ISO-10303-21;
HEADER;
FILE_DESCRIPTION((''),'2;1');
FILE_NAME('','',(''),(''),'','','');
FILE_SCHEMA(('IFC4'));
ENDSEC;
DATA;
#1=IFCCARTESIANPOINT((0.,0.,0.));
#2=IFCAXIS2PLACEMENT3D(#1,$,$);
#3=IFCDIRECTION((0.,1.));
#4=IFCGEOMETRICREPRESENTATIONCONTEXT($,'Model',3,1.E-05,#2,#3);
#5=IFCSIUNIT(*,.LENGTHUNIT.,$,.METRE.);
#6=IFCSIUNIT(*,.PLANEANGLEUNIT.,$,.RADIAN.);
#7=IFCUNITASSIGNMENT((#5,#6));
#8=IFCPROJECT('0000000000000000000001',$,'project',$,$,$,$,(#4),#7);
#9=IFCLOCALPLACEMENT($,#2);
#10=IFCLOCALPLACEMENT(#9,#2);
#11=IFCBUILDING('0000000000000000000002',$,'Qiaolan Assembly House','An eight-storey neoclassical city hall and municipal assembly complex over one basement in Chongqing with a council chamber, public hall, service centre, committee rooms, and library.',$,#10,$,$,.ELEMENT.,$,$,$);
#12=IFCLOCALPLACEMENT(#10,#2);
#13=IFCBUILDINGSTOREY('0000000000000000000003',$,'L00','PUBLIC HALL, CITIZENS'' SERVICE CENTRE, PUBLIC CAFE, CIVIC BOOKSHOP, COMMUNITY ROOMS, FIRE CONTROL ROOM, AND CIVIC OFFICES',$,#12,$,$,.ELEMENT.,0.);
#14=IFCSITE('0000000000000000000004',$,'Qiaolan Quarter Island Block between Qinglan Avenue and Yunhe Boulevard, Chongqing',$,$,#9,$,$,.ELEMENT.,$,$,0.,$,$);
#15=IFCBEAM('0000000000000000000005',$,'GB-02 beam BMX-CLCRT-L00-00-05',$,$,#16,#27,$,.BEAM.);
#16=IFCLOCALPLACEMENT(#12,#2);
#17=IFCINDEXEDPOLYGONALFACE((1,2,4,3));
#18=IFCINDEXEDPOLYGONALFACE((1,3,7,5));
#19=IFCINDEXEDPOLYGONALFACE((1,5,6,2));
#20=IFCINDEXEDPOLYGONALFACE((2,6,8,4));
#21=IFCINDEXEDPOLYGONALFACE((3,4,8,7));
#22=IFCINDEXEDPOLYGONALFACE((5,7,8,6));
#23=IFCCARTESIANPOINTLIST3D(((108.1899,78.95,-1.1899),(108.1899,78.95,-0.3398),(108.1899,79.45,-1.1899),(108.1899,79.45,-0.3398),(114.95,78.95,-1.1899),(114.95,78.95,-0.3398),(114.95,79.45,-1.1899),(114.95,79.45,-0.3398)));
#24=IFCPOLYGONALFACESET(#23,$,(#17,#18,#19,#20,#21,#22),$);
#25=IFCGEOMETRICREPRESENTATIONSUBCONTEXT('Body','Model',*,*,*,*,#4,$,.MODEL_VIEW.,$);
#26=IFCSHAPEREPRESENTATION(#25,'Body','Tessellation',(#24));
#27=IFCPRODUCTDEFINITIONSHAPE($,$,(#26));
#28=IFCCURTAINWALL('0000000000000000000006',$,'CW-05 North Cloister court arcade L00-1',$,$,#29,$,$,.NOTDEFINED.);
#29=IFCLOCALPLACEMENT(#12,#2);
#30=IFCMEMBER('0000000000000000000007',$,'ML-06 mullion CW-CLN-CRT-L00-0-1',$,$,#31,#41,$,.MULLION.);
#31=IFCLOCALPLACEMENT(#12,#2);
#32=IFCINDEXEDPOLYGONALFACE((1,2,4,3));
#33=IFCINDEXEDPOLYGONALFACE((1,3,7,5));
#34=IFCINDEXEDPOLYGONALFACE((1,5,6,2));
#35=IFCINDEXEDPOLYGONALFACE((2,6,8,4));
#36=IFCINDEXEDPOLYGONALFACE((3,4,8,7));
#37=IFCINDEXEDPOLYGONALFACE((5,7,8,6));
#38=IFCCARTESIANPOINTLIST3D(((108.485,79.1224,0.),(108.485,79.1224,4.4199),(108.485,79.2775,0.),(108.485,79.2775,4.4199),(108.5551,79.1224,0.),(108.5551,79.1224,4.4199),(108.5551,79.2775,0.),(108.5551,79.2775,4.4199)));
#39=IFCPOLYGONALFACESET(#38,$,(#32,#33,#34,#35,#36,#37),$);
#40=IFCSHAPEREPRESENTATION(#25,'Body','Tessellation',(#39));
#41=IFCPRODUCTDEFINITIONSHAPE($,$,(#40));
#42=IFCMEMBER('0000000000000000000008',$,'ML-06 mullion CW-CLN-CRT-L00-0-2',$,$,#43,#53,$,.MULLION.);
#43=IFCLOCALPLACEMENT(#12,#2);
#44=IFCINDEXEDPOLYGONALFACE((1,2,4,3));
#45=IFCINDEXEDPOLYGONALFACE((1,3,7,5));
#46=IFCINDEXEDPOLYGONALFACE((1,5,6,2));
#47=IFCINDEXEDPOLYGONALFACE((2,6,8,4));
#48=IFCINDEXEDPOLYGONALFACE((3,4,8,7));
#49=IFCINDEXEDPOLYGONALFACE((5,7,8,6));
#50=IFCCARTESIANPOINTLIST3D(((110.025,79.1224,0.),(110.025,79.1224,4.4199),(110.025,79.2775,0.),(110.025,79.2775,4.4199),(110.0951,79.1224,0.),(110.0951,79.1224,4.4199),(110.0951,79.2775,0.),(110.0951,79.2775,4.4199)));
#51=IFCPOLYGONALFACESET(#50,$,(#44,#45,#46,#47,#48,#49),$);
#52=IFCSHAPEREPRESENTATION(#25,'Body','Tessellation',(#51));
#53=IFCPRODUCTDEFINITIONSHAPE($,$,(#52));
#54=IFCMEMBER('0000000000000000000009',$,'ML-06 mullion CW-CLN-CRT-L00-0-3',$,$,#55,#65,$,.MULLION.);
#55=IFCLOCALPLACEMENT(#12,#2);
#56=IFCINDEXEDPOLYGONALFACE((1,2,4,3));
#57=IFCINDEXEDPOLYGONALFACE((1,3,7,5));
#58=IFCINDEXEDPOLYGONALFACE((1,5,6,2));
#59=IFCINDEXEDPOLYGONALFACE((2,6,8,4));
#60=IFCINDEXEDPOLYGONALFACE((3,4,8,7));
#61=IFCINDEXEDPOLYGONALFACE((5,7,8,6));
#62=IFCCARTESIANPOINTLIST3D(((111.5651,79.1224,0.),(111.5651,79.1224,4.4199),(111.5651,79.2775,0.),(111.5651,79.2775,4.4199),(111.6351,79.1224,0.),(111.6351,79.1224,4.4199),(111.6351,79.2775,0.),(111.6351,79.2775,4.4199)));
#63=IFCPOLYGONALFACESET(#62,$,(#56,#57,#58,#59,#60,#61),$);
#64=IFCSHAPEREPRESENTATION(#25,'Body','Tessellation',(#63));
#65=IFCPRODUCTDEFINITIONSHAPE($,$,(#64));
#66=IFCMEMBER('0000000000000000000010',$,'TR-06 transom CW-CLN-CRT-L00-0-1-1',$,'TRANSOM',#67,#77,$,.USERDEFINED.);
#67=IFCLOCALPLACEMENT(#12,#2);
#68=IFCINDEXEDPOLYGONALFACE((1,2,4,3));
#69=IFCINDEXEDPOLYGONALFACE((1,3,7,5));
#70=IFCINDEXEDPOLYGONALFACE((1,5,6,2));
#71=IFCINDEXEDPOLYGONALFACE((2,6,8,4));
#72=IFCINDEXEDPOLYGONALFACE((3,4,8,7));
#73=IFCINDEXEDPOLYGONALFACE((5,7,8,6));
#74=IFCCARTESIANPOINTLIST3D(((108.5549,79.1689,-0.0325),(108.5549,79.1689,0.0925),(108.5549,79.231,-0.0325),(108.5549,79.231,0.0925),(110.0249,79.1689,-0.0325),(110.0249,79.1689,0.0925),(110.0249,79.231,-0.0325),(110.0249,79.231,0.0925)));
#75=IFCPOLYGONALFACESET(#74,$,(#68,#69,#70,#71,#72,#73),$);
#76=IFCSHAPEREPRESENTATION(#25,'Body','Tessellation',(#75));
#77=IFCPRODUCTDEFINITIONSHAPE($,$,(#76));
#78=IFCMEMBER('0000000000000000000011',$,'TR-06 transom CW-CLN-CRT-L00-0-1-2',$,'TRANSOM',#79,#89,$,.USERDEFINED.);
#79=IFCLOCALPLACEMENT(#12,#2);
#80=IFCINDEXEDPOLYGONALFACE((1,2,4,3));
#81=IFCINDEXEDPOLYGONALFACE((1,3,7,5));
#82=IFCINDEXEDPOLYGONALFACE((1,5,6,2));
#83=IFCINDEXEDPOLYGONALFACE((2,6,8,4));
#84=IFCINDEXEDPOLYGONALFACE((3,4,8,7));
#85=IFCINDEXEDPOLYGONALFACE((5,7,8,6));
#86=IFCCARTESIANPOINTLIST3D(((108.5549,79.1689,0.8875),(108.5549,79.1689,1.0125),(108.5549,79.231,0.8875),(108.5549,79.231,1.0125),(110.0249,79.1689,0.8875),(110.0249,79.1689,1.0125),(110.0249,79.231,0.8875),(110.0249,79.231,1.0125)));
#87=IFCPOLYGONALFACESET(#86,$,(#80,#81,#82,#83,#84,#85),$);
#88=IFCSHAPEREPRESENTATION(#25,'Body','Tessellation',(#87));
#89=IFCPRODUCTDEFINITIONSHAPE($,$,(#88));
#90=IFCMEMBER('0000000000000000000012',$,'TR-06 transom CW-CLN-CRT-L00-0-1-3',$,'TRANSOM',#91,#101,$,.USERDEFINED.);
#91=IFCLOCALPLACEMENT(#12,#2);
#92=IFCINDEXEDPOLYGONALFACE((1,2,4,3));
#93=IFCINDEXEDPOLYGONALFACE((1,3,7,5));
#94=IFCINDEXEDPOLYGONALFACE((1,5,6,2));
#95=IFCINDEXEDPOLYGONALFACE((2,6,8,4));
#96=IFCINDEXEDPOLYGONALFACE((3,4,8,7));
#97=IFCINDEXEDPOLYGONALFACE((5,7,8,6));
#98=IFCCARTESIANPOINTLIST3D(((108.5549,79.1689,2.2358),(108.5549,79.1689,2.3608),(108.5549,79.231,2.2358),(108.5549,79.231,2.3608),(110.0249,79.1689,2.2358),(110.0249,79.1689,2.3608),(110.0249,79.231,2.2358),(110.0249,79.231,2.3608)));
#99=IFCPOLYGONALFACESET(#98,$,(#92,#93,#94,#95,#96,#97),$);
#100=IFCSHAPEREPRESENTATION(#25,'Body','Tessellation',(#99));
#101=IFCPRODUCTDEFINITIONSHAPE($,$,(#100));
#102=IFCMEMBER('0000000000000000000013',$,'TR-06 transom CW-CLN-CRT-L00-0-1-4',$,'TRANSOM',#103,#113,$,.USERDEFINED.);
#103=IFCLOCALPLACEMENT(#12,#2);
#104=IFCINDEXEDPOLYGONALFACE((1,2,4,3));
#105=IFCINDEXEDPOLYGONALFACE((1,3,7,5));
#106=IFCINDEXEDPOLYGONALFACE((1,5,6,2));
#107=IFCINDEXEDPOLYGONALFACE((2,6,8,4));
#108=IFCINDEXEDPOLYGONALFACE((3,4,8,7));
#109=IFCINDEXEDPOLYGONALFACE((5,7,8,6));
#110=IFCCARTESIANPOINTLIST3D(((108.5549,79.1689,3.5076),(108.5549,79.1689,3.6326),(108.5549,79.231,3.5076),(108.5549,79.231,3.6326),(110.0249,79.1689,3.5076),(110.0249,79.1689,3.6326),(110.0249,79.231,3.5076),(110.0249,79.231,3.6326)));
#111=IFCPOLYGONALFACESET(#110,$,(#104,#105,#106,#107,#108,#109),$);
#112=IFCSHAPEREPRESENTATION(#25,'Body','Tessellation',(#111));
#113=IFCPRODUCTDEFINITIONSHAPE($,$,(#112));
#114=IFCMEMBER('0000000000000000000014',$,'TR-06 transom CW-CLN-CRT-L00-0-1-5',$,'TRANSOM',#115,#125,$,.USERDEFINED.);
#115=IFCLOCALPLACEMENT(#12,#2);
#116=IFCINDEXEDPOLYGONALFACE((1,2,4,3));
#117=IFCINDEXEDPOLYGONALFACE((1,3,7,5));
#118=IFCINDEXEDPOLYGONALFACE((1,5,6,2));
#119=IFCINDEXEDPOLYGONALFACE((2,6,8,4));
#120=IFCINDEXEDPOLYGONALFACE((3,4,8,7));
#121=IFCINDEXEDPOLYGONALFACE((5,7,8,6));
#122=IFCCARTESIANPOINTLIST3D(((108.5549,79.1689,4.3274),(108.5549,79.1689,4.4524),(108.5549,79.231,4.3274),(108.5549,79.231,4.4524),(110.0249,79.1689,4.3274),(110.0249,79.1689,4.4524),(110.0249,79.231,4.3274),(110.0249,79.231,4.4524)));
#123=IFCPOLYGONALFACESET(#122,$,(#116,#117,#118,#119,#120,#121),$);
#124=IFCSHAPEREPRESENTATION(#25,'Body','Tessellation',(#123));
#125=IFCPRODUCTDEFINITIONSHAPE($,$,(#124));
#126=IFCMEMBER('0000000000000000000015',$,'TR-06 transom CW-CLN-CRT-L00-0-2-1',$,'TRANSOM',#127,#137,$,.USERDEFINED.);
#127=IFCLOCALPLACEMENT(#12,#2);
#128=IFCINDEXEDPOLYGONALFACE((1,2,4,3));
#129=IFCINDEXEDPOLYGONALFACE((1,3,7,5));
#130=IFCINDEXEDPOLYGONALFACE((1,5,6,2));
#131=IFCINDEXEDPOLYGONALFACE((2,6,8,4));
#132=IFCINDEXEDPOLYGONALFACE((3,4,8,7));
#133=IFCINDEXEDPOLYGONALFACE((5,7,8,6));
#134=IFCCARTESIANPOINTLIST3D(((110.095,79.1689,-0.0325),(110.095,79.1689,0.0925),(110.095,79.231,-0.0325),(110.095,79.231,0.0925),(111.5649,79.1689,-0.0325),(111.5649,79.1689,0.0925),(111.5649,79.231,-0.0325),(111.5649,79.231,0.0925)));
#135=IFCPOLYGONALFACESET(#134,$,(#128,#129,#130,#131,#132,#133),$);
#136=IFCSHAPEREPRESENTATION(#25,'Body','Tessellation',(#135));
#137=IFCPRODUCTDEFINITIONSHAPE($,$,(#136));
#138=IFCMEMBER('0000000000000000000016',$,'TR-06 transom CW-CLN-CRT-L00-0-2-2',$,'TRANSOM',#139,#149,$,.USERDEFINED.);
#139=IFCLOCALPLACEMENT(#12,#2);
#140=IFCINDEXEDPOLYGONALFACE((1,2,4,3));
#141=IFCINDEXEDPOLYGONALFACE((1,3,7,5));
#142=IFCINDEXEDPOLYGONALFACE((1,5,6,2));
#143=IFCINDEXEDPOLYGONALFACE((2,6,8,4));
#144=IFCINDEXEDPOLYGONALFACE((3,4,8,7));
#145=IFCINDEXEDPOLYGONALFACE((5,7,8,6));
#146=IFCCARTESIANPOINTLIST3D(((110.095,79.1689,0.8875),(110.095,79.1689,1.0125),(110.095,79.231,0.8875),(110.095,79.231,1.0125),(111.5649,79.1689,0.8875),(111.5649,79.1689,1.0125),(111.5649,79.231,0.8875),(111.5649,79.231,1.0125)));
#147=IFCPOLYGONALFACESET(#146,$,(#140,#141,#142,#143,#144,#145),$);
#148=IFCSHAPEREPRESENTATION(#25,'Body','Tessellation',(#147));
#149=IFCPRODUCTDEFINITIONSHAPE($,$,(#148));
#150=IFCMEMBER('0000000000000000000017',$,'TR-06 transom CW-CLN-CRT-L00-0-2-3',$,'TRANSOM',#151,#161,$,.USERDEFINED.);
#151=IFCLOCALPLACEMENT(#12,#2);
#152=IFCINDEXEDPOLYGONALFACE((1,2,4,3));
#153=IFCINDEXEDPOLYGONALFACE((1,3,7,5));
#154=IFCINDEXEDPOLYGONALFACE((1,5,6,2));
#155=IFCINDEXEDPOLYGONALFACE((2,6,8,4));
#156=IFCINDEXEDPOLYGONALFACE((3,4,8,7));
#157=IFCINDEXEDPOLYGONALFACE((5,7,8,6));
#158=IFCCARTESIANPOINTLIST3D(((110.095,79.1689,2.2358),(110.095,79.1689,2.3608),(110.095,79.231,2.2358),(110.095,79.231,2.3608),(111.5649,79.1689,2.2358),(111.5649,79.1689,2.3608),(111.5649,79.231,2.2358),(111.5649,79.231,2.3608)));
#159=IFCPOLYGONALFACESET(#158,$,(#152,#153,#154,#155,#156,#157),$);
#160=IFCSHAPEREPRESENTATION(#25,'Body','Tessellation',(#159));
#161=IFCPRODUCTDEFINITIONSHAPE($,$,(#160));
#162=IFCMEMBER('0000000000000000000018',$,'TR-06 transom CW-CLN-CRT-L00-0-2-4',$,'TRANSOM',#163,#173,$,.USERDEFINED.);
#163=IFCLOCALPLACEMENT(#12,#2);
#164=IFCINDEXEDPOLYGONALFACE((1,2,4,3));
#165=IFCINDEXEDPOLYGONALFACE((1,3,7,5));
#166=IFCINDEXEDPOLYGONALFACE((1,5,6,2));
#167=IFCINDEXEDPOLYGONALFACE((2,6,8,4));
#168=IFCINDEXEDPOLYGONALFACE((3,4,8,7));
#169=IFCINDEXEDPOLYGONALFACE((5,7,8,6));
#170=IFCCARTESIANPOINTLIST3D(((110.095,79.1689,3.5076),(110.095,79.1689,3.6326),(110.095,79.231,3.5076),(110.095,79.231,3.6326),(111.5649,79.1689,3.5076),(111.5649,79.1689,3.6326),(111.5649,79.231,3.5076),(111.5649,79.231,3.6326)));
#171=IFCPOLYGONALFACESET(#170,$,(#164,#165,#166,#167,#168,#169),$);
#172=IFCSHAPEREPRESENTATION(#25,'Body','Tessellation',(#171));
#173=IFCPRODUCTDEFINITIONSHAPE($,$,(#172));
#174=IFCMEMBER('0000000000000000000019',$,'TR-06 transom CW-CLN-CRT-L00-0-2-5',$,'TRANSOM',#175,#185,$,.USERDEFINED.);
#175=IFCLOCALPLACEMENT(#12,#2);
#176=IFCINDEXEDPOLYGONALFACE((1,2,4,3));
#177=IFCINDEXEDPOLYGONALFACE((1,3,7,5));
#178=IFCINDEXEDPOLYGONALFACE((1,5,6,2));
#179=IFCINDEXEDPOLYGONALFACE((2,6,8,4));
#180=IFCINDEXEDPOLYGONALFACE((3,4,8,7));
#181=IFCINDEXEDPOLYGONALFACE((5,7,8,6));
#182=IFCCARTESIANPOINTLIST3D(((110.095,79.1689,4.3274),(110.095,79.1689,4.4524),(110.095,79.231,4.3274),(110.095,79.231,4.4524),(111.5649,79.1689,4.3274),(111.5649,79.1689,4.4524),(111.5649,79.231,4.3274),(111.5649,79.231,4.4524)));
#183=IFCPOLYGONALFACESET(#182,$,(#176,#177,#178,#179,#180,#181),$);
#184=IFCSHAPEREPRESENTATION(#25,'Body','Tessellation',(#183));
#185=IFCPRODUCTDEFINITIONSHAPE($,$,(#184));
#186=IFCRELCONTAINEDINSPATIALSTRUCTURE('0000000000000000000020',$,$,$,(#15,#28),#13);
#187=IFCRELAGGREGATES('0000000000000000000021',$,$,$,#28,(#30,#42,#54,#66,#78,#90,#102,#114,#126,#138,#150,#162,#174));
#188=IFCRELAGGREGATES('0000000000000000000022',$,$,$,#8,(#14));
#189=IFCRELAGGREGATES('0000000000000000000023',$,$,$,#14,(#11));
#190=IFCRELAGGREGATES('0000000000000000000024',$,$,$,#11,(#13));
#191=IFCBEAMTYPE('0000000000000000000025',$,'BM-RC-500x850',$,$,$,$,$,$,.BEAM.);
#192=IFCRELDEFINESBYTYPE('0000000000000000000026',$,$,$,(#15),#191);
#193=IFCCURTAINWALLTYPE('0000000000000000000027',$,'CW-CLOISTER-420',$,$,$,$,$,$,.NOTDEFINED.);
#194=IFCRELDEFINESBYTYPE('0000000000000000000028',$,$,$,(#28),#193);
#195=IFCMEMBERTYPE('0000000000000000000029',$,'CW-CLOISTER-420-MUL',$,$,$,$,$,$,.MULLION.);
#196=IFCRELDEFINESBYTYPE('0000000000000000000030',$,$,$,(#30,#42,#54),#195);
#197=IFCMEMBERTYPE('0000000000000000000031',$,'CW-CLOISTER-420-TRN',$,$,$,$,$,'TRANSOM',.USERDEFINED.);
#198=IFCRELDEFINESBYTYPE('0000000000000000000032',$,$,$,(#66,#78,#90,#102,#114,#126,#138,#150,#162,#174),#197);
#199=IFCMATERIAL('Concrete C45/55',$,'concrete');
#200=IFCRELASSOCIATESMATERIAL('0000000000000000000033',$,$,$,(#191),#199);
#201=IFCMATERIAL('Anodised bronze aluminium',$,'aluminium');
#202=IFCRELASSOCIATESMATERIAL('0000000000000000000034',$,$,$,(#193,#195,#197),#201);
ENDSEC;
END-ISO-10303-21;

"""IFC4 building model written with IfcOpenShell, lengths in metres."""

from ifc_helpers import new_model, si_unit, direction, frame, origin, origin_2d, place, context, subcontext, project, spatial, rectangle, extrude, material, material_profile, profile_set, type_object, element, aggregate, save


model = new_model("IFC4")

# Units and contexts
model_context = context("Model", 3, precision=1e-05, world=origin(), true_north=direction((0.0, 1.0)))
body_context = subcontext(model_context, "Body", "Model", "MODEL_VIEW")
ifc_project = project(units=[si_unit("LENGTHUNIT", "METRE"), si_unit("PLANEANGLEUNIT", "RADIAN")], contexts=[model_context])

# Site, building, storey
site_placement = place(None, origin())
site = spatial("IfcSite", under=ifc_project, at=site_placement, Name="Qiaolan Quarter Island Block between Qinglan Avenue and Yunhe Boulevard, Chongqing", CompositionType="ELEMENT", RefElevation=0.0)
building_placement = place(site_placement, origin())
building = spatial("IfcBuilding", under=site, at=building_placement, Name="Qiaolan Assembly House", Description="An eight-storey neoclassical city hall and municipal assembly complex over one basement in Chongqing with a council chamber, public hall, service centre, committee rooms, and library.", CompositionType="ELEMENT")
storey_placement = place(building_placement, origin())
storey = spatial("IfcBuildingStorey", under=building, at=storey_placement, Name="L00", Description="PUBLIC HALL, CITIZENS' SERVICE CENTRE, PUBLIC CAFE, CIVIC BOOKSHOP, COMMUNITY ROOMS, FIRE CONTROL ROOM, AND CIVIC OFFICES", CompositionType="ELEMENT", Elevation=0.0)

# Beam
ifc_material_1 = material(Name="Concrete C45/55", Category="concrete")
ifc_material_profile_1 = material_profile(ifc_material_1, rectangle(XDim=0.5, YDim=0.8501, at=origin_2d()), Name="RCB 500x850")
ifc_profile_set_1 = profile_set([ifc_material_profile_1], Name="Concrete C45/55")
beam_type = type_object("IfcBeamType", Name="BM-RC-500x850", PredefinedType="BEAM", material=ifc_profile_set_1)
beam_placement = place(storey_placement, frame((108.1899, 79.2, -0.7649), z_axis=(1.0, 0.0, 0.0), x_axis=(0.0, 1.0, 0.0)))
element("IfcBeam", 1, at=beam_placement, inside=storey, type_object=beam_type, Name="GB-02 beam BMX-CLCRT-L00-00-05", PredefinedType="BEAM", context=body_context, shape_type="SweptSolid", body=[
    extrude(rectangle(XDim=0.5, YDim=0.8501, at=origin_2d()), origin(), (0.0, 0.0, 1.0), 6.76),
])

# Curtain wall, members
ifc_material_2 = material(Name="Anodised bronze aluminium", Category="aluminium")
curtain_wall_type = type_object("IfcCurtainWallType", Name="CW-CLOISTER-420", PredefinedType="NOTDEFINED", material=ifc_material_2)
curtain_wall_placement = place(storey_placement, origin())
curtain_wall = element("IfcCurtainWall", 2, at=curtain_wall_placement, inside=storey, type_object=curtain_wall_type, Name="CW-05 North Cloister court arcade L00-1", PredefinedType="NOTDEFINED")
ifc_material_profile_2 = material_profile(ifc_material_2, rectangle(XDim=0.0701, YDim=0.155, at=origin_2d()), Name="MUL 70x155")
ifc_profile_set_2 = profile_set([ifc_material_profile_2], Name="Anodised bronze aluminium")
member_type_1 = type_object("IfcMemberType", Name="CW-CLOISTER-420-MUL", PredefinedType="MULLION", material=ifc_profile_set_2)
member_1_placement = place(storey_placement, frame((108.52, 79.2, 0.0), z_axis=(0.0, 0.0, 1.0), x_axis=(1.0, 0.0, 0.0)))
member_1 = element("IfcMember", 3, at=member_1_placement, type_object=member_type_1, Name="ML-06 mullion CW-CLN-CRT-L00-0-1", PredefinedType="MULLION", context=body_context, shape_type="SweptSolid", body=[
    extrude(rectangle(XDim=0.0701, YDim=0.155, at=origin_2d()), origin(), (0.0, 0.0, 1.0), 4.4199),
])
member_2_placement = place(storey_placement, frame((110.0601, 79.2, 0.0), z_axis=(0.0, 0.0, 1.0), x_axis=(1.0, 0.0, 0.0)))
member_2 = element("IfcMember", 4, at=member_2_placement, type_object=member_type_1, Name="ML-06 mullion CW-CLN-CRT-L00-0-2", PredefinedType="MULLION", context=body_context, shape_type="SweptSolid", body=[
    extrude(rectangle(XDim=0.0701, YDim=0.155, at=origin_2d()), origin(), (0.0, 0.0, 1.0), 4.4199),
])
member_3_placement = place(storey_placement, frame((111.6001, 79.2, 0.0), z_axis=(0.0, 0.0, 1.0), x_axis=(1.0, 0.0, 0.0)))
member_3 = element("IfcMember", 5, at=member_3_placement, type_object=member_type_1, Name="ML-06 mullion CW-CLN-CRT-L00-0-3", PredefinedType="MULLION", context=body_context, shape_type="SweptSolid", body=[
    extrude(rectangle(XDim=0.0701, YDim=0.155, at=origin_2d()), origin(), (0.0, 0.0, 1.0), 4.4199),
])
ifc_material_profile_3 = material_profile(ifc_material_2, rectangle(XDim=0.062, YDim=0.125, at=origin_2d()), Name="TRN 62x125")
ifc_profile_set_3 = profile_set([ifc_material_profile_3], Name="Anodised bronze aluminium")
member_type_2 = type_object("IfcMemberType", Name="CW-CLOISTER-420-TRN", ElementType="TRANSOM", PredefinedType="USERDEFINED", material=ifc_profile_set_3)
member_4_placement = place(storey_placement, frame((108.5549, 79.2, 0.03), z_axis=(1.0, 0.0, 0.0), x_axis=(0.0, 1.0, 0.0)))
member_4 = element("IfcMember", 6, at=member_4_placement, type_object=member_type_2, Name="TR-06 transom CW-CLN-CRT-L00-0-1-1", ObjectType="TRANSOM", PredefinedType="USERDEFINED", context=body_context, shape_type="SweptSolid", body=[
    extrude(rectangle(XDim=0.062, YDim=0.125, at=origin_2d()), origin(), (0.0, 0.0, 1.0), 1.47),
])
member_5_placement = place(storey_placement, frame((108.5549, 79.2, 0.95), z_axis=(1.0, 0.0, 0.0), x_axis=(0.0, 1.0, 0.0)))
member_5 = element("IfcMember", 7, at=member_5_placement, type_object=member_type_2, Name="TR-06 transom CW-CLN-CRT-L00-0-1-2", ObjectType="TRANSOM", PredefinedType="USERDEFINED", context=body_context, shape_type="SweptSolid", body=[
    extrude(rectangle(XDim=0.062, YDim=0.125, at=origin_2d()), origin(), (0.0, 0.0, 1.0), 1.47),
])
member_6_placement = place(storey_placement, frame((108.5549, 79.2, 2.2983), z_axis=(1.0, 0.0, 0.0), x_axis=(0.0, 1.0, 0.0)))
member_6 = element("IfcMember", 8, at=member_6_placement, type_object=member_type_2, Name="TR-06 transom CW-CLN-CRT-L00-0-1-3", ObjectType="TRANSOM", PredefinedType="USERDEFINED", context=body_context, shape_type="SweptSolid", body=[
    extrude(rectangle(XDim=0.062, YDim=0.125, at=origin_2d()), origin(), (0.0, 0.0, 1.0), 1.47),
])
member_7_placement = place(storey_placement, frame((108.5549, 79.2, 3.5701), z_axis=(1.0, 0.0, 0.0), x_axis=(0.0, 1.0, 0.0)))
member_7 = element("IfcMember", 9, at=member_7_placement, type_object=member_type_2, Name="TR-06 transom CW-CLN-CRT-L00-0-1-4", ObjectType="TRANSOM", PredefinedType="USERDEFINED", context=body_context, shape_type="SweptSolid", body=[
    extrude(rectangle(XDim=0.062, YDim=0.125, at=origin_2d()), origin(), (0.0, 0.0, 1.0), 1.47),
])
member_8_placement = place(storey_placement, frame((108.5549, 79.2, 4.3899), z_axis=(1.0, 0.0, 0.0), x_axis=(0.0, 1.0, 0.0)))
member_8 = element("IfcMember", 10, at=member_8_placement, type_object=member_type_2, Name="TR-06 transom CW-CLN-CRT-L00-0-1-5", ObjectType="TRANSOM", PredefinedType="USERDEFINED", context=body_context, shape_type="SweptSolid", body=[
    extrude(rectangle(XDim=0.062, YDim=0.125, at=origin_2d()), origin(), (0.0, 0.0, 1.0), 1.47),
])
member_9_placement = place(storey_placement, frame((110.095, 79.2, 0.03), z_axis=(1.0, 0.0, 0.0), x_axis=(0.0, 1.0, 0.0)))
member_9 = element("IfcMember", 11, at=member_9_placement, type_object=member_type_2, Name="TR-06 transom CW-CLN-CRT-L00-0-2-1", ObjectType="TRANSOM", PredefinedType="USERDEFINED", context=body_context, shape_type="SweptSolid", body=[
    extrude(rectangle(XDim=0.062, YDim=0.125, at=origin_2d()), origin(), (0.0, 0.0, 1.0), 1.47),
])
member_10_placement = place(storey_placement, frame((110.095, 79.2, 0.95), z_axis=(1.0, 0.0, 0.0), x_axis=(0.0, 1.0, 0.0)))
member_10 = element("IfcMember", 12, at=member_10_placement, type_object=member_type_2, Name="TR-06 transom CW-CLN-CRT-L00-0-2-2", ObjectType="TRANSOM", PredefinedType="USERDEFINED", context=body_context, shape_type="SweptSolid", body=[
    extrude(rectangle(XDim=0.062, YDim=0.125, at=origin_2d()), origin(), (0.0, 0.0, 1.0), 1.47),
])
member_11_placement = place(storey_placement, frame((110.095, 79.2, 2.2983), z_axis=(1.0, 0.0, 0.0), x_axis=(0.0, 1.0, 0.0)))
member_11 = element("IfcMember", 13, at=member_11_placement, type_object=member_type_2, Name="TR-06 transom CW-CLN-CRT-L00-0-2-3", ObjectType="TRANSOM", PredefinedType="USERDEFINED", context=body_context, shape_type="SweptSolid", body=[
    extrude(rectangle(XDim=0.062, YDim=0.125, at=origin_2d()), origin(), (0.0, 0.0, 1.0), 1.47),
])
member_12_placement = place(storey_placement, frame((110.095, 79.2, 3.5701), z_axis=(1.0, 0.0, 0.0), x_axis=(0.0, 1.0, 0.0)))
member_12 = element("IfcMember", 14, at=member_12_placement, type_object=member_type_2, Name="TR-06 transom CW-CLN-CRT-L00-0-2-4", ObjectType="TRANSOM", PredefinedType="USERDEFINED", context=body_context, shape_type="SweptSolid", body=[
    extrude(rectangle(XDim=0.062, YDim=0.125, at=origin_2d()), origin(), (0.0, 0.0, 1.0), 1.47),
])
member_13_placement = place(storey_placement, frame((110.095, 79.2, 4.3899), z_axis=(1.0, 0.0, 0.0), x_axis=(0.0, 1.0, 0.0)))
member_13 = element("IfcMember", 15, at=member_13_placement, type_object=member_type_2, Name="TR-06 transom CW-CLN-CRT-L00-0-2-5", ObjectType="TRANSOM", PredefinedType="USERDEFINED", context=body_context, shape_type="SweptSolid", body=[
    extrude(rectangle(XDim=0.062, YDim=0.125, at=origin_2d()), origin(), (0.0, 0.0, 1.0), 1.47),
])
aggregate(curtain_wall, [member_1, member_2, member_3, member_4, member_5, member_6, member_7, member_8, member_9, member_10, member_11, member_12, member_13])

save(model, "model.ifc")
